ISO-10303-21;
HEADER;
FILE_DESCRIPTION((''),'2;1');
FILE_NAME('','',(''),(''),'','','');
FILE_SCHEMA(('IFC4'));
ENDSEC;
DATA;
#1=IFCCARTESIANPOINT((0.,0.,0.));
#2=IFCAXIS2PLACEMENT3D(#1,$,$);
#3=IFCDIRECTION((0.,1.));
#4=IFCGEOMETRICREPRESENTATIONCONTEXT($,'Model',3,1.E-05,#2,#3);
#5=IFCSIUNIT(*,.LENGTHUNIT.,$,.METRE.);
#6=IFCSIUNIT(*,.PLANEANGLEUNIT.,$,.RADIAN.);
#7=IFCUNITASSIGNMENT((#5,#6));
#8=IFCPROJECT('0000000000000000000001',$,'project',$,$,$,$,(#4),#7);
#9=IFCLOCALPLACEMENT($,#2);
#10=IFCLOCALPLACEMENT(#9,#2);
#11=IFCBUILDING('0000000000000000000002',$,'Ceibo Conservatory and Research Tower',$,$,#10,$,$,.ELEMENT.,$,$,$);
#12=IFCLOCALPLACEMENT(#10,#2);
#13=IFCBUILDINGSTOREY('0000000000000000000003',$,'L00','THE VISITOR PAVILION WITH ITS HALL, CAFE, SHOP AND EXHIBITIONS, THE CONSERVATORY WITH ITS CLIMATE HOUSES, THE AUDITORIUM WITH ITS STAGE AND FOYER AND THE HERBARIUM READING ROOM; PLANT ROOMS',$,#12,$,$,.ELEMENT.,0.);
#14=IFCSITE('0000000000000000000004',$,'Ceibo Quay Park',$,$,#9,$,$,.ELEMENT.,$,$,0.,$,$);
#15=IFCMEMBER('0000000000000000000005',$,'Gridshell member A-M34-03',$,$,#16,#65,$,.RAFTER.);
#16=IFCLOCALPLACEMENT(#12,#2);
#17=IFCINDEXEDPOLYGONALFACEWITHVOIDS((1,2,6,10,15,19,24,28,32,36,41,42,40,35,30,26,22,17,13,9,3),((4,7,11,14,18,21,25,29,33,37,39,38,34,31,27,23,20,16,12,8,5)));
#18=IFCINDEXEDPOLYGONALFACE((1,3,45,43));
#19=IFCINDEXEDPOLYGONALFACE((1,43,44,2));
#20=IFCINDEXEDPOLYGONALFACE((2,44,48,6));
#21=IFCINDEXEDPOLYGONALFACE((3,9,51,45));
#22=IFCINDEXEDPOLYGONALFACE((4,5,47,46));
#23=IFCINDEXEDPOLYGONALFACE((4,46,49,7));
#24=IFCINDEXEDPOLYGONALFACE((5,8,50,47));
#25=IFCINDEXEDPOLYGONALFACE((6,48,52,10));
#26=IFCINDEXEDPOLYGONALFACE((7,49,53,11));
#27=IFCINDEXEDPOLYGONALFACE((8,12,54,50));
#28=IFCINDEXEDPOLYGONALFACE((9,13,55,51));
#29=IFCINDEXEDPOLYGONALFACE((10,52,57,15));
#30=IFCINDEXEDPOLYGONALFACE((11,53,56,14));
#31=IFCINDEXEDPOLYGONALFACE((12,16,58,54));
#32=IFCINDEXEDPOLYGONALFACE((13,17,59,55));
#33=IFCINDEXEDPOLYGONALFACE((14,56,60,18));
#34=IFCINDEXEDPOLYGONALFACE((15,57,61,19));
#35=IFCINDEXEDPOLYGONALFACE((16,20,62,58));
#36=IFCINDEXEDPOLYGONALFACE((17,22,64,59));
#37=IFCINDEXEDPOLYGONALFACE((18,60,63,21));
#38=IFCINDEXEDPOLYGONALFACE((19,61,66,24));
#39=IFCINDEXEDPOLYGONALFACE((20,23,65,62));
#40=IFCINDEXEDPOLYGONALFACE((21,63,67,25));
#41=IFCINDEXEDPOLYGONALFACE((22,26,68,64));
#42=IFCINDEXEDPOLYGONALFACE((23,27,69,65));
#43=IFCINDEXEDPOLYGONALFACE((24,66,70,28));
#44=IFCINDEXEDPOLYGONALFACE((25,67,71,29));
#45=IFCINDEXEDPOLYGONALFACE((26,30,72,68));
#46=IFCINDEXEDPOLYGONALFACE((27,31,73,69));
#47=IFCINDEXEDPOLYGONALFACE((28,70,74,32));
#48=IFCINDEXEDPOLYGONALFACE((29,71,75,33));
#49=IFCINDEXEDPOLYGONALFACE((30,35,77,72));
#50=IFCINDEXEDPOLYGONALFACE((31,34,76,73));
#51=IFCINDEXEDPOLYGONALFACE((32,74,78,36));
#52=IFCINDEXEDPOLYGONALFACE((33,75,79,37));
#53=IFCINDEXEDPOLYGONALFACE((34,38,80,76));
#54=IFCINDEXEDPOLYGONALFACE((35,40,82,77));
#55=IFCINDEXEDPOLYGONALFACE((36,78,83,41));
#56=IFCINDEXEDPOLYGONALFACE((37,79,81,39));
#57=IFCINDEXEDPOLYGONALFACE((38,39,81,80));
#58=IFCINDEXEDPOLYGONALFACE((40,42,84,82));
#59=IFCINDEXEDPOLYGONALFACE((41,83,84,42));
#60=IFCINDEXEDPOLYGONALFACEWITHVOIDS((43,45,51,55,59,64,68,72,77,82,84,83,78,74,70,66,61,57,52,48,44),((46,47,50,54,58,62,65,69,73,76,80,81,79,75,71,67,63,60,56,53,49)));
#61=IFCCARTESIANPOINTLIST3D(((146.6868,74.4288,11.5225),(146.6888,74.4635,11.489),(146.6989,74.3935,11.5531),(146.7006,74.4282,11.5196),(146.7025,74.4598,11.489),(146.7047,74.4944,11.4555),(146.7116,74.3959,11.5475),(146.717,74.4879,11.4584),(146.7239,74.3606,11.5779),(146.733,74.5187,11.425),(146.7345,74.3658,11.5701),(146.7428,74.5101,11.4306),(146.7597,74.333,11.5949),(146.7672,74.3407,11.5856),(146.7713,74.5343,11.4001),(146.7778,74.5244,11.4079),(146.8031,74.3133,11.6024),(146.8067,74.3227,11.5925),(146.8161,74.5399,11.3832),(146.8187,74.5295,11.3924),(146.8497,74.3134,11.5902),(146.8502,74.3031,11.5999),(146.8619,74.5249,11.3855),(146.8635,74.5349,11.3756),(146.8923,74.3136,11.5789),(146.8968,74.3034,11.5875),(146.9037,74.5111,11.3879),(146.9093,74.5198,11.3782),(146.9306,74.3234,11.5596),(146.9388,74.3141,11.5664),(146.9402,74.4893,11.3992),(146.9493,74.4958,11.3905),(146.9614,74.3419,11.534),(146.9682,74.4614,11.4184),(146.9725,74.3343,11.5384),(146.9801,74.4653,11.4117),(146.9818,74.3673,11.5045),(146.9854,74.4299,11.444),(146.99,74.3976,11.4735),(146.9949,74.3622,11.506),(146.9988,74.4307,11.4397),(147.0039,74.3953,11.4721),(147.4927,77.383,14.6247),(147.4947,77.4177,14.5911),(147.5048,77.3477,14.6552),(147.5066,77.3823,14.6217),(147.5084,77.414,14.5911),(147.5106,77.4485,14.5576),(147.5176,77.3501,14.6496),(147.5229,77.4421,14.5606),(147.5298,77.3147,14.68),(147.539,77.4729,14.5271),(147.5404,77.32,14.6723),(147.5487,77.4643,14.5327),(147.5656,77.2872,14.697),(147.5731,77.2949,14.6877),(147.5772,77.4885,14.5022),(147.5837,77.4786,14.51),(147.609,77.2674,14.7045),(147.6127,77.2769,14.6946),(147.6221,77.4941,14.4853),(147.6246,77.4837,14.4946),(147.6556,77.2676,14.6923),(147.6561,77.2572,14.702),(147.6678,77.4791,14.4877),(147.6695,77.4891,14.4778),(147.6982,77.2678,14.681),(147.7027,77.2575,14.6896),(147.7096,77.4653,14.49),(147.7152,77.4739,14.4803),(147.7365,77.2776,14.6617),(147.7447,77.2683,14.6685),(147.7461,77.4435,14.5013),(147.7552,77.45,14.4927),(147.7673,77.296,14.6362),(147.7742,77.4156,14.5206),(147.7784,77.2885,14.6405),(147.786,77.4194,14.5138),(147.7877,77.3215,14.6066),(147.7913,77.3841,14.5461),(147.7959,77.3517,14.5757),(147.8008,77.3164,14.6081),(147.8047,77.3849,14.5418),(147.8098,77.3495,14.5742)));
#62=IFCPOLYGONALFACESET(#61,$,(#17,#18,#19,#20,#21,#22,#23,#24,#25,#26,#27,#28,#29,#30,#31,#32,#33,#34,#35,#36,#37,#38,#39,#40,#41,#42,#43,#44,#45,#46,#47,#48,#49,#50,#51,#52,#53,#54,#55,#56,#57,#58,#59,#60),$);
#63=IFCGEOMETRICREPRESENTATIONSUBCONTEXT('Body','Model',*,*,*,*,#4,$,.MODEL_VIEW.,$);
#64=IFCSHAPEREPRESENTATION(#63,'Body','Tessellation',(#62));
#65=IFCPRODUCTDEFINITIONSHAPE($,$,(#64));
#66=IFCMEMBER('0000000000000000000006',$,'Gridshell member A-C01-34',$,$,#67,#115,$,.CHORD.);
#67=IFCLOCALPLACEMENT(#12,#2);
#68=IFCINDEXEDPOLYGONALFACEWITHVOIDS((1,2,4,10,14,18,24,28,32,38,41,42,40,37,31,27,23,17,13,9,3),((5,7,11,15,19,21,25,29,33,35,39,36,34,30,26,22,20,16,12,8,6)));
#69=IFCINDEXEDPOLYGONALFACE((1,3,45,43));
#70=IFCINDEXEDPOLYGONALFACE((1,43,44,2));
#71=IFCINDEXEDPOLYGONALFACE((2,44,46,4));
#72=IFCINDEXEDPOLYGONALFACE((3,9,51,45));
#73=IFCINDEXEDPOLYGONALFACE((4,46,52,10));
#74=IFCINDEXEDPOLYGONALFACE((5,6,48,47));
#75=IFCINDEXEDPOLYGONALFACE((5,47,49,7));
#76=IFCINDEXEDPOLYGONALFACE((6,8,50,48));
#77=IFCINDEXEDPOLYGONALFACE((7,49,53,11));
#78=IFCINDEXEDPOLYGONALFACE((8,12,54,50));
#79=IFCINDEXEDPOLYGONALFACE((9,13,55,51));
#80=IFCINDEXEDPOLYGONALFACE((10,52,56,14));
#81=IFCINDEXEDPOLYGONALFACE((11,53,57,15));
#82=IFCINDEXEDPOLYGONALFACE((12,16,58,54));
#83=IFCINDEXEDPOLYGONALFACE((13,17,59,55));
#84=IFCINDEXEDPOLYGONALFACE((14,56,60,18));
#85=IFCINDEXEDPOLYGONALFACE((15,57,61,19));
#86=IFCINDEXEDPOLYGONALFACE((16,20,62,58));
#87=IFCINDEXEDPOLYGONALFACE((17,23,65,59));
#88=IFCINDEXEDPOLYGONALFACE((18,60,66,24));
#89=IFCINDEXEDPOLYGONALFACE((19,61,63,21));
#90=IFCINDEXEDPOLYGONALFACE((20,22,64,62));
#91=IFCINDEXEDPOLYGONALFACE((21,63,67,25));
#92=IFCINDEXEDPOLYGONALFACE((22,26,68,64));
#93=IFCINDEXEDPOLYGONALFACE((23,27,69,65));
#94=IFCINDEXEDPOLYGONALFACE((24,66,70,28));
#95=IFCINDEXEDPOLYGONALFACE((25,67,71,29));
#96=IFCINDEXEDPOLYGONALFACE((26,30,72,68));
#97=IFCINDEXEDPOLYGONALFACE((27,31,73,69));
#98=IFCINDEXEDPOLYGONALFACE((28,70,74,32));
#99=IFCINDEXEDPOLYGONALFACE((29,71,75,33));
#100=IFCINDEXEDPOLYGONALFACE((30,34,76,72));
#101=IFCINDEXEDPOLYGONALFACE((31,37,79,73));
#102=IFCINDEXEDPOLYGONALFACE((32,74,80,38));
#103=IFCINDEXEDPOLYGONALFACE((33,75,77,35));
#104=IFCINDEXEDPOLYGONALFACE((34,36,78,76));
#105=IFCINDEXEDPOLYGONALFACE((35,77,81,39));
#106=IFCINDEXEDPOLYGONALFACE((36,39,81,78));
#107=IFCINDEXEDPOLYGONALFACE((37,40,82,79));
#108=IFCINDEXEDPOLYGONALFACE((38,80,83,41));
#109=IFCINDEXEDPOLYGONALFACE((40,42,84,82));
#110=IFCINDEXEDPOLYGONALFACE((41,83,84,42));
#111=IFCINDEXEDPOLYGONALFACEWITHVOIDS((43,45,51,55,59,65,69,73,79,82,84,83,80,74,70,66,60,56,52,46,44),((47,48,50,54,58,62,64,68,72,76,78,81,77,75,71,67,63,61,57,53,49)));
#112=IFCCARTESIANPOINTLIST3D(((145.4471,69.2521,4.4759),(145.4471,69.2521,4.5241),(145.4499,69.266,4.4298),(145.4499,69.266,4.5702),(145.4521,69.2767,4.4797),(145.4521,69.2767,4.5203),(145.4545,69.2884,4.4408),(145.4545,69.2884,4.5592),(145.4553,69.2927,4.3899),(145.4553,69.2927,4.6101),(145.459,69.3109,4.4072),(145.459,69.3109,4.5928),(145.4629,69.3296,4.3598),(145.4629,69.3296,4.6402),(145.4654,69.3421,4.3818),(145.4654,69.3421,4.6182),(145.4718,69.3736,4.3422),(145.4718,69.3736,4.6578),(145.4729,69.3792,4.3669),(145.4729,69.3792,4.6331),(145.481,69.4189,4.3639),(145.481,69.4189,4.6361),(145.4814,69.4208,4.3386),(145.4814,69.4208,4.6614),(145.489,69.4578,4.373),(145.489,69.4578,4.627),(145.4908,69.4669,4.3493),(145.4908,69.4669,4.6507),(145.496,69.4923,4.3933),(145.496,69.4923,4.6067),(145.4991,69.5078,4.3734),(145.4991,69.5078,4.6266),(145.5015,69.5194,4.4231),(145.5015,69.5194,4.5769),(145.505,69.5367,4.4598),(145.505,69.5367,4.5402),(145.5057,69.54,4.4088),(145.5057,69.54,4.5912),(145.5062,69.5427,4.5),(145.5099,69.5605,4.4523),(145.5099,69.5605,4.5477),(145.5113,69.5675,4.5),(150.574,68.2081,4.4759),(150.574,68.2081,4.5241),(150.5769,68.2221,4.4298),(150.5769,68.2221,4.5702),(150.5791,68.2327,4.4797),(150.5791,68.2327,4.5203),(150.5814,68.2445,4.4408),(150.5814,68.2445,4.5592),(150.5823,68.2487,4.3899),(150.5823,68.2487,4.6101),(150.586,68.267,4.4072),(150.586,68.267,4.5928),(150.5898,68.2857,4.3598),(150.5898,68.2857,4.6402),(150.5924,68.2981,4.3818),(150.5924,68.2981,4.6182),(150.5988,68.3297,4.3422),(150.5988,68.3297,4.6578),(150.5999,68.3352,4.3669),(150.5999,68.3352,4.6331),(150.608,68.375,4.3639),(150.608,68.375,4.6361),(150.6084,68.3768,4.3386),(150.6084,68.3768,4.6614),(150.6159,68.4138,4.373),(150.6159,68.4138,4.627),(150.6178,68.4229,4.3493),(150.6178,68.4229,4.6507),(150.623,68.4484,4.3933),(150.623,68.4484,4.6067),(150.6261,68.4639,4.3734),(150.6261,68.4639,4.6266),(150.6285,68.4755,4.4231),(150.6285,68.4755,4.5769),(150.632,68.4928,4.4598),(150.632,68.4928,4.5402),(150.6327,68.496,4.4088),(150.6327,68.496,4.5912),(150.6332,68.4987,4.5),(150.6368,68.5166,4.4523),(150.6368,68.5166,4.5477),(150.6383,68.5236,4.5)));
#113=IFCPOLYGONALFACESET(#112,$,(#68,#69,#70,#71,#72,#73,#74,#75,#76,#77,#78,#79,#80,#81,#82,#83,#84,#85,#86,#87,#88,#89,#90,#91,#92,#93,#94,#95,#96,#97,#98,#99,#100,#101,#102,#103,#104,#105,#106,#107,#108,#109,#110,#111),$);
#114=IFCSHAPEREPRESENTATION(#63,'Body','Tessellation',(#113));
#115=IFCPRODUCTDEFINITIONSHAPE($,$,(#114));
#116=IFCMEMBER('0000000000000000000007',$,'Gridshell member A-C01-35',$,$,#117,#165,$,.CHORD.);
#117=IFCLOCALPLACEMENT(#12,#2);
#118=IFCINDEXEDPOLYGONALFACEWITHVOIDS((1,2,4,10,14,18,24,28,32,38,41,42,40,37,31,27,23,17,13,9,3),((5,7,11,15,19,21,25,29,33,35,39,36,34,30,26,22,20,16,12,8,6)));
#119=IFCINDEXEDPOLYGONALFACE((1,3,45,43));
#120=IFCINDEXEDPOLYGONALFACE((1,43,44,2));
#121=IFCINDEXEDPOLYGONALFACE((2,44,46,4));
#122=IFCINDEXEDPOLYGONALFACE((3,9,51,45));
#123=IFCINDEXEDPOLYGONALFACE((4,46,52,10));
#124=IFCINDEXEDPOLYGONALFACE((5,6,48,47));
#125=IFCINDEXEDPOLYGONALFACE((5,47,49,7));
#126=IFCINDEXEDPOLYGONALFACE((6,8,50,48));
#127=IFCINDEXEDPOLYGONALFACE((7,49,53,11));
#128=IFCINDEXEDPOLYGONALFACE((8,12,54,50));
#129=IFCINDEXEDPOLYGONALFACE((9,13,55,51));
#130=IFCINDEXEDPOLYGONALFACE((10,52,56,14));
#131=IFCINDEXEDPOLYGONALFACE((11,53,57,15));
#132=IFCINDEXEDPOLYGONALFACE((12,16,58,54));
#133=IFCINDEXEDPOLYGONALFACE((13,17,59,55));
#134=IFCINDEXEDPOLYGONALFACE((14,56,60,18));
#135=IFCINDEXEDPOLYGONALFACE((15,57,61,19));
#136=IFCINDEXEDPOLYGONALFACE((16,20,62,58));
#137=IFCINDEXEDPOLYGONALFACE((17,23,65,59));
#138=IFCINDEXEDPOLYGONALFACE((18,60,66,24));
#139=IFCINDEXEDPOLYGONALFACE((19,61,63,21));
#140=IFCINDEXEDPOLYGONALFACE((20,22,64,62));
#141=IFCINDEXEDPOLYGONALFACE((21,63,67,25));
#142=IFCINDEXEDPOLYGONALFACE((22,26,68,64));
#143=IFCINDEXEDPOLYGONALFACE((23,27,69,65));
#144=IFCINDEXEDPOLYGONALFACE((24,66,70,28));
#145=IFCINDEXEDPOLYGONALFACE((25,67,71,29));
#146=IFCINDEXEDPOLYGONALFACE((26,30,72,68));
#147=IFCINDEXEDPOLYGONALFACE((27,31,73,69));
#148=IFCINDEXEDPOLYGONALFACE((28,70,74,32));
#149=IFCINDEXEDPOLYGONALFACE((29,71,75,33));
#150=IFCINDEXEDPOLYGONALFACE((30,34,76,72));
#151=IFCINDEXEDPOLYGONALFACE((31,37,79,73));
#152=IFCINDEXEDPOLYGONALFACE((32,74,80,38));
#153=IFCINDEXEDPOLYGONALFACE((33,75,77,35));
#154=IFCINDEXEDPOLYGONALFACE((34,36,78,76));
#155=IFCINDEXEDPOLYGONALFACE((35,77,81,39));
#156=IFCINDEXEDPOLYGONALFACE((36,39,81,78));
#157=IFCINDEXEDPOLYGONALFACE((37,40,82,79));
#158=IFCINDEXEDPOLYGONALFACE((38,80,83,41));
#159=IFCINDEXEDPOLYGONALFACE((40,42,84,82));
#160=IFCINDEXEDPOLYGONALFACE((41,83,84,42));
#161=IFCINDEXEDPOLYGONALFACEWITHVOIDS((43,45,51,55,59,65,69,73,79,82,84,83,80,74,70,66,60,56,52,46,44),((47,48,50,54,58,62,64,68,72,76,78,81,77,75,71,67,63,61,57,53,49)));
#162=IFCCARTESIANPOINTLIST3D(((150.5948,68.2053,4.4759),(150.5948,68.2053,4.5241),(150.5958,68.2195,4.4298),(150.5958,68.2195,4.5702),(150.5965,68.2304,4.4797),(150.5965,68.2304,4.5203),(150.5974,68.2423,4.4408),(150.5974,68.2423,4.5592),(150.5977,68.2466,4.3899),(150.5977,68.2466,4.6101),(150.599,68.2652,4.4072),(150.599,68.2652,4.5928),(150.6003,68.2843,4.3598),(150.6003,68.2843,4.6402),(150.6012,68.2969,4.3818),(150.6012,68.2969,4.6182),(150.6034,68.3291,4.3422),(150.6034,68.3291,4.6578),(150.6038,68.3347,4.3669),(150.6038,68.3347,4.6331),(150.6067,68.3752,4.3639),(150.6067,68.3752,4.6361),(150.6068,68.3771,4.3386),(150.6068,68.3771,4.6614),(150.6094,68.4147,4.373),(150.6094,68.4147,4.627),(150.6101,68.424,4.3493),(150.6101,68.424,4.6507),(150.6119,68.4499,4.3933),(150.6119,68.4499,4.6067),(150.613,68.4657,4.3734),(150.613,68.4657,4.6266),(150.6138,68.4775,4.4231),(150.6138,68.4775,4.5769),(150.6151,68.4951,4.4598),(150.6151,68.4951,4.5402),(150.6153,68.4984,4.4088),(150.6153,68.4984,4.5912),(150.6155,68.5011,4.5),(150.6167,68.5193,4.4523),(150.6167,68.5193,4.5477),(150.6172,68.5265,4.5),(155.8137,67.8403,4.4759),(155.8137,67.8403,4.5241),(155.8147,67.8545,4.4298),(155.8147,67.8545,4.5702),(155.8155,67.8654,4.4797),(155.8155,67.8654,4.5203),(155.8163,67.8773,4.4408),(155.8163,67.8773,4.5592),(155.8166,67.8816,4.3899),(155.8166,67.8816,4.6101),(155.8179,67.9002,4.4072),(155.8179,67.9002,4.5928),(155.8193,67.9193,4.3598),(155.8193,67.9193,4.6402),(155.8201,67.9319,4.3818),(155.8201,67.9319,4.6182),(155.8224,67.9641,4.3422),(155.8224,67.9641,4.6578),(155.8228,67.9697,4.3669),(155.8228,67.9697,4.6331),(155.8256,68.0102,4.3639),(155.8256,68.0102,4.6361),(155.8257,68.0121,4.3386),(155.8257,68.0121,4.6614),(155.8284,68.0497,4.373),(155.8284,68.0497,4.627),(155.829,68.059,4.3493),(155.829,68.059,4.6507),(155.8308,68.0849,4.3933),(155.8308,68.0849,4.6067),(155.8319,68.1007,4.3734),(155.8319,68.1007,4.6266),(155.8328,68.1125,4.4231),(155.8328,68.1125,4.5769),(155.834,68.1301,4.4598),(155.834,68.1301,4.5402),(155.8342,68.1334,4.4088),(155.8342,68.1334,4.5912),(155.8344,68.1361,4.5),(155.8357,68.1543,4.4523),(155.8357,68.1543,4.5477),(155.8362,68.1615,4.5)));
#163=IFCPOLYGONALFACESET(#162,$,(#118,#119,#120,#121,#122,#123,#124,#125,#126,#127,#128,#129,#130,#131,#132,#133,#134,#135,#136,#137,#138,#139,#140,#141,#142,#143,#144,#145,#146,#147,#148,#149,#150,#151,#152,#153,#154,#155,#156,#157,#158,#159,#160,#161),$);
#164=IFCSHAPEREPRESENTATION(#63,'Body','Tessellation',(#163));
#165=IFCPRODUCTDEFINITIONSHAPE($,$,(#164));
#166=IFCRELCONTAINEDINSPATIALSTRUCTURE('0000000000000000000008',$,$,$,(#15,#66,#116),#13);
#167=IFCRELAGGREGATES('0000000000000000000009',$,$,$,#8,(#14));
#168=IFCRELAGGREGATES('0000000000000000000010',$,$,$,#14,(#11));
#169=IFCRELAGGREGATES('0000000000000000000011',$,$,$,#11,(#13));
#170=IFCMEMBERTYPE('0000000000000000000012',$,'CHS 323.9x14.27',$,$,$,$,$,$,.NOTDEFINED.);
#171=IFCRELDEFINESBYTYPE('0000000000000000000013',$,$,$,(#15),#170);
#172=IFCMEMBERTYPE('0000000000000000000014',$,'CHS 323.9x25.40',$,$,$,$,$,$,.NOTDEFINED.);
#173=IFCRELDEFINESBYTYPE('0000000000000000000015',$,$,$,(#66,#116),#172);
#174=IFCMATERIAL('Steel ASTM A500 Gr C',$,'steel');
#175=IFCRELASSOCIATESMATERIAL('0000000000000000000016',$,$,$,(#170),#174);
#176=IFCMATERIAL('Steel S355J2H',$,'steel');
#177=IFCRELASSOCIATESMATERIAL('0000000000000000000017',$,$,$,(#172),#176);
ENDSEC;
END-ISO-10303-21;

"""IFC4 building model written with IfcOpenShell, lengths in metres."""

from ifc_helpers import new_model, si_unit, direction, frame, origin, origin_2d, place, context, subcontext, project, spatial, hollow_circle, extrude, material, material_profile, profile_set, type_object, element, save


model = new_model("IFC4")

# Units and contexts
model_context = context("Model", 3, precision=1e-05, world=origin(), true_north=direction((0.0, 1.0)))
body_context = subcontext(model_context, "Body", "Model", "MODEL_VIEW")
ifc_project = project(units=[si_unit("LENGTHUNIT", "METRE"), si_unit("PLANEANGLEUNIT", "RADIAN")], contexts=[model_context])

# Site, building, storey
site_placement = place(None, origin())
site = spatial("IfcSite", under=ifc_project, at=site_placement, Name="Ceibo Quay Park", CompositionType="ELEMENT", RefElevation=0.0)
building_placement = place(site_placement, origin())
building = spatial("IfcBuilding", under=site, at=building_placement, Name="Ceibo Conservatory and Research Tower", CompositionType="ELEMENT")
storey_placement = place(building_placement, origin())
storey = spatial("IfcBuildingStorey", under=building, at=storey_placement, Name="L00", Description="THE VISITOR PAVILION WITH ITS HALL, CAFE, SHOP AND EXHIBITIONS, THE CONSERVATORY WITH ITS CLIMATE HOUSES, THE AUDITORIUM WITH ITS STAGE AND FOYER AND THE HERBARIUM READING ROOM; PLANT ROOMS", CompositionType="ELEMENT", Elevation=0.0)

# Members
ifc_material_1 = material(Name="Steel ASTM A500 Gr C", Category="steel")
ifc_material_profile_1 = material_profile(ifc_material_1, hollow_circle(Radius=0.1619, WallThickness=0.0142, at=origin_2d()), Name="CHS 323.9x14.27")
ifc_profile_set_1 = profile_set([ifc_material_profile_1], Name="Steel ASTM A500 Gr C")
member_type_1 = type_object("IfcMemberType", Name="CHS 323.9x14.27", PredefinedType="NOTDEFINED", material=ifc_profile_set_1)
member_1_placement = place(storey_placement, frame((146.845, 74.4209, 11.489), z_axis=(0.184893, 0.677737, 0.711679), x_axis=(-0.964744, 0.263192, 0.0)))
element("IfcMember", 1, at=member_1_placement, inside=storey, type_object=member_type_1, Name="Gridshell member A-M34-03", PredefinedType="RAFTER", context=body_context, shape_type="SweptSolid", body=[
    extrude(hollow_circle(Radius=0.1619, WallThickness=0.0142, at=origin_2d()), origin(), (0.0, 0.0, 1.0), 4.3589),
])
ifc_material_2 = material(Name="Steel S355J2H", Category="steel")
ifc_material_profile_2 = material_profile(ifc_material_2, hollow_circle(Radius=0.1619, WallThickness=0.0254, at=origin_2d()), Name="CHS 323.9x25.40")
ifc_profile_set_2 = profile_set([ifc_material_profile_2], Name="Steel S355J2H")
member_type_2 = type_object("IfcMemberType", Name="CHS 323.9x25.40", PredefinedType="NOTDEFINED", material=ifc_profile_set_2)
member_2_placement = place(storey_placement, frame((145.479, 69.4089, 4.5), z_axis=(0.979893, -0.199525, 0.0), x_axis=(0.199525, 0.979893, 0.0)))
element("IfcMember", 2, at=member_2_placement, inside=storey, type_object=member_type_2, Name="Gridshell member A-C01-34", PredefinedType="CHORD", context=body_context, shape_type="SweptSolid", body=[
    extrude(hollow_circle(Radius=0.1619, WallThickness=0.0254, at=origin_2d()), origin(), (0.0, 0.0, 1.0), 5.2322),
])
member_3_placement = place(storey_placement, frame((150.606, 68.365, 4.5), z_axis=(0.997563, -0.069765, 0.0), x_axis=(0.069765, 0.997563, 0.0)))
element("IfcMember", 3, at=member_3_placement, inside=storey, type_object=member_type_2, Name="Gridshell member A-C01-35", PredefinedType="CHORD", context=body_context, shape_type="SweptSolid", body=[
    extrude(hollow_circle(Radius=0.1619, WallThickness=0.0254, at=origin_2d()), origin(), (0.0, 0.0, 1.0), 5.2317),
])

save(model, "model.ifc")
